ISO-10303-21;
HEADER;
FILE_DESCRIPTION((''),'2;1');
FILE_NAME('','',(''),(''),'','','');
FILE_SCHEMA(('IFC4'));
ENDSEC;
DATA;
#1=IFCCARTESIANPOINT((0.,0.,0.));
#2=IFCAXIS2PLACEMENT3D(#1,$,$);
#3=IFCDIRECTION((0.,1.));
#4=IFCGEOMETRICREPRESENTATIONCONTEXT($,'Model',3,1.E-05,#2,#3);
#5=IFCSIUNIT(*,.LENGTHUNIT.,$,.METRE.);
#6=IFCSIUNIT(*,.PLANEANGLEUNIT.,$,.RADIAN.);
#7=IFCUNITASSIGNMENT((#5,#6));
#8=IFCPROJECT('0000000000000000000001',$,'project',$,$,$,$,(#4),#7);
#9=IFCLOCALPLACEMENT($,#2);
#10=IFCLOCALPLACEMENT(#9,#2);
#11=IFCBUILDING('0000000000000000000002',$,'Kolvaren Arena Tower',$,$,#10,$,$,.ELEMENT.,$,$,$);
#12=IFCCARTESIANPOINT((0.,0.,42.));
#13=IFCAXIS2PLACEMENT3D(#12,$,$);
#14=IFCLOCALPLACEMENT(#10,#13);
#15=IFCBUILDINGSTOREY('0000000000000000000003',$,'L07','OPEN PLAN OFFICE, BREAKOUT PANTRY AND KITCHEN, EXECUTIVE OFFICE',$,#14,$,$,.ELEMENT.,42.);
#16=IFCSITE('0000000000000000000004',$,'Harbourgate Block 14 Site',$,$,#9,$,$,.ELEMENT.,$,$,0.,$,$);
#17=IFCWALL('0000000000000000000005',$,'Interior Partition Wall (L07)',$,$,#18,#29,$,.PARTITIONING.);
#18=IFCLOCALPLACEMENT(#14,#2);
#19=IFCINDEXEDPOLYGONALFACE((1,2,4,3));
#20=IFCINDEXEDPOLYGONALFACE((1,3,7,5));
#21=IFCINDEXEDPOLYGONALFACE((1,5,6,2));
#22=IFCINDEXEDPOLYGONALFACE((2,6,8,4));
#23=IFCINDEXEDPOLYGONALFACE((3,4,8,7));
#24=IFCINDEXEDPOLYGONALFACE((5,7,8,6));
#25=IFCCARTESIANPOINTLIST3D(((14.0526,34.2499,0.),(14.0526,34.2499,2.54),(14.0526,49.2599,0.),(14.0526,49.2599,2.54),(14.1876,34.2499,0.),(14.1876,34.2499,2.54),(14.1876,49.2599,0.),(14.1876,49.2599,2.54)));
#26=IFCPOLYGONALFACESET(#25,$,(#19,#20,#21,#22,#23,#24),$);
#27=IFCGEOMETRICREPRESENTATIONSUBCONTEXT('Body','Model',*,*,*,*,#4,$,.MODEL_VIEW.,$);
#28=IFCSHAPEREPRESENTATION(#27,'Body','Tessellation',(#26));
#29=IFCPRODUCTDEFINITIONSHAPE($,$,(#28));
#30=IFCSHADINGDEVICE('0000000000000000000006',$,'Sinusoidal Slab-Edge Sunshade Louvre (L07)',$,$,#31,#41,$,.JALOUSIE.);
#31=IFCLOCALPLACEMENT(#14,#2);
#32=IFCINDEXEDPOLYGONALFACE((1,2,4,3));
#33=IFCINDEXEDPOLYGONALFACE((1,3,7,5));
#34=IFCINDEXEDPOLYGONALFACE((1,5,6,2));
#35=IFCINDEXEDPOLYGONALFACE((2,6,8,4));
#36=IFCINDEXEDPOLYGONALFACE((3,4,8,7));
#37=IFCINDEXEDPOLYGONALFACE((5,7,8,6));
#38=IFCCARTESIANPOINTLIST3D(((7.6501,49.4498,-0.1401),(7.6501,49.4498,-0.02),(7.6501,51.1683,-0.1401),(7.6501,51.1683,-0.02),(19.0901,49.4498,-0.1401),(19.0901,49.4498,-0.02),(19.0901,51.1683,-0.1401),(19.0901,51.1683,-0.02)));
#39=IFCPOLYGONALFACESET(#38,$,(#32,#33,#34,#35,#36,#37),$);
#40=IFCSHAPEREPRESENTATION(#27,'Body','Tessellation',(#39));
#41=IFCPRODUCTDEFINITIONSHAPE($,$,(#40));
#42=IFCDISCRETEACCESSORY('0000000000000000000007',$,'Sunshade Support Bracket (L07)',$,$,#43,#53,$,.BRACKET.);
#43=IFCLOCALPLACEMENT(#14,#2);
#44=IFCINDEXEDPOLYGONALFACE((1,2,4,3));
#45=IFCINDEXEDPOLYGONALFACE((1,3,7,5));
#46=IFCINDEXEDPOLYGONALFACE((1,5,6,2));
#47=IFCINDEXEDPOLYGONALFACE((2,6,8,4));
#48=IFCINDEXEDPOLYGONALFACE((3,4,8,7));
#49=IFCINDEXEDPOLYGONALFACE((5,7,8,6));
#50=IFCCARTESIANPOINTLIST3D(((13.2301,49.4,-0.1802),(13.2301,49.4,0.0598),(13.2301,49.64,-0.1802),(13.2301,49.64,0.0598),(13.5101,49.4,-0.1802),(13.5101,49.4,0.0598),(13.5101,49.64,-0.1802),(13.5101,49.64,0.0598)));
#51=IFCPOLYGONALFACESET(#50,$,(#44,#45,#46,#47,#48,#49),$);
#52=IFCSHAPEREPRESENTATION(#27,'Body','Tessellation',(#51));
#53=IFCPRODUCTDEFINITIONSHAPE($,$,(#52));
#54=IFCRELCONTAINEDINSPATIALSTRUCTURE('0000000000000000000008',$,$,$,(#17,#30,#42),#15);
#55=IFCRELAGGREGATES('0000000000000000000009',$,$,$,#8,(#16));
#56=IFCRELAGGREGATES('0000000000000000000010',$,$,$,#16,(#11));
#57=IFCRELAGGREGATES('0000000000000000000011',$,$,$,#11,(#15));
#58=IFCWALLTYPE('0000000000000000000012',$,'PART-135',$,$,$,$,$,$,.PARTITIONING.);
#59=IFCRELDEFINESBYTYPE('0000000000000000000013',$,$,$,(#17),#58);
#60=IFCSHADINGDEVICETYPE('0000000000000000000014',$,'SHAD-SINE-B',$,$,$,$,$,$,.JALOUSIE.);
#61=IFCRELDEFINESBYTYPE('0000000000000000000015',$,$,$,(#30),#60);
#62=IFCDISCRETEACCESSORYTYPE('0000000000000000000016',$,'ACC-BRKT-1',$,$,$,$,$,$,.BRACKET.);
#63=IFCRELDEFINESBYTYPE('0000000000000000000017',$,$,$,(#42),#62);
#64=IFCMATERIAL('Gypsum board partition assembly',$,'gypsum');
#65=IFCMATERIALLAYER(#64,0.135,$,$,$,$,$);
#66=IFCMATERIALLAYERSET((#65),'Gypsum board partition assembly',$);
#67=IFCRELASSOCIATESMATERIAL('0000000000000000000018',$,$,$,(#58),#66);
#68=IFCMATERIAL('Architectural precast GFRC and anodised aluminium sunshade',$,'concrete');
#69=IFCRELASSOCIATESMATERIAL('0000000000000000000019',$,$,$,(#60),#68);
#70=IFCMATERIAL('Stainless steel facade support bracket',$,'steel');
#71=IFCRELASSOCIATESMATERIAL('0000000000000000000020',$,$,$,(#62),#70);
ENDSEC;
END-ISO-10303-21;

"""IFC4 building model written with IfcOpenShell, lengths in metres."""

from ifc_helpers import new_model, si_unit, direction, frame, frame_2d, origin, origin_2d, place, context, subcontext, project, spatial, rectangle, extrude, material, layer, layer_set, type_object, element, save


model = new_model("IFC4")

# Units and contexts
model_context = context("Model", 3, precision=1e-05, world=origin(), true_north=direction((0.0, 1.0)))
body_context = subcontext(model_context, "Body", "Model", "MODEL_VIEW")
ifc_project = project(units=[si_unit("LENGTHUNIT", "METRE"), si_unit("PLANEANGLEUNIT", "RADIAN")], contexts=[model_context])

# Site, building, storey
site_placement = place(None, origin())
site = spatial("IfcSite", under=ifc_project, at=site_placement, Name="Harbourgate Block 14 Site", CompositionType="ELEMENT", RefElevation=0.0)
building_placement = place(site_placement, origin())
building = spatial("IfcBuilding", under=site, at=building_placement, Name="Kolvaren Arena Tower", CompositionType="ELEMENT")
storey_placement = place(building_placement, frame((0.0, 0.0, 42.0)))
storey = spatial("IfcBuildingStorey", under=building, at=storey_placement, Name="L07", Description="OPEN PLAN OFFICE, BREAKOUT PANTRY AND KITCHEN, EXECUTIVE OFFICE", CompositionType="ELEMENT", Elevation=42.0)

# Wall
ifc_material_1 = material(Name="Gypsum board partition assembly", Category="gypsum")
ifc_layer_1 = layer(ifc_material_1, 0.135)
ifc_layer_set_1 = layer_set([ifc_layer_1], Name="Gypsum board partition assembly")
wall_type_1 = type_object("IfcWallType", Name="PART-135", PredefinedType="PARTITIONING", material=ifc_layer_set_1)
wall_1_placement = place(storey_placement, frame((14.1201, 34.25, 0.0), z_axis=(0.0, 0.0, 1.0), x_axis=(0.0, 1.0, 0.0)))
element("IfcWall", 1, at=wall_1_placement, inside=storey, type_object=wall_type_1, Name="Interior Partition Wall (L07)", PredefinedType="PARTITIONING", context=body_context, shape_type="SweptSolid", body=[
    extrude(rectangle(XDim=15.01, YDim=0.135, at=frame_2d((7.5049, 0.0))), origin(), (0.0, 0.0, 1.0), 2.54),
])

# Shading device
ifc_material_2 = material(Name="Architectural precast GFRC and anodised aluminium sunshade", Category="concrete")
shading_device_type = type_object("IfcShadingDeviceType", Name="SHAD-SINE-B", PredefinedType="JALOUSIE", material=ifc_material_2)
shading_device_placement = place(storey_placement, frame((13.3701, 50.3091, -0.1401), z_axis=(0.0, 0.0, 1.0), x_axis=(1.0, 0.0, 0.0)))
element("IfcShadingDevice", 2, at=shading_device_placement, inside=storey, type_object=shading_device_type, Name="Sinusoidal Slab-Edge Sunshade Louvre (L07)", PredefinedType="JALOUSIE", context=body_context, shape_type="SweptSolid", body=[
    extrude(rectangle(XDim=11.4399, YDim=1.7185, at=origin_2d()), origin(), (0.0, 0.0, 1.0), 0.1201),
])

# Discrete accessory
ifc_material_3 = material(Name="Stainless steel facade support bracket", Category="steel")
discrete_accessory_type = type_object("IfcDiscreteAccessoryType", Name="ACC-BRKT-1", PredefinedType="BRACKET", material=ifc_material_3)
discrete_accessory_placement = place(storey_placement, frame((13.3701, 49.52, -0.1802), z_axis=(0.0, 0.0, 1.0), x_axis=(1.0, 0.0, 0.0)))
element("IfcDiscreteAccessory", 3, at=discrete_accessory_placement, inside=storey, type_object=discrete_accessory_type, Name="Sunshade Support Bracket (L07)", PredefinedType="BRACKET", context=body_context, shape_type="SweptSolid", body=[
    extrude(rectangle(XDim=0.28, YDim=0.24, at=origin_2d()), origin(), (0.0, 0.0, 1.0), 0.24),
])

save(model, "model.ifc")
